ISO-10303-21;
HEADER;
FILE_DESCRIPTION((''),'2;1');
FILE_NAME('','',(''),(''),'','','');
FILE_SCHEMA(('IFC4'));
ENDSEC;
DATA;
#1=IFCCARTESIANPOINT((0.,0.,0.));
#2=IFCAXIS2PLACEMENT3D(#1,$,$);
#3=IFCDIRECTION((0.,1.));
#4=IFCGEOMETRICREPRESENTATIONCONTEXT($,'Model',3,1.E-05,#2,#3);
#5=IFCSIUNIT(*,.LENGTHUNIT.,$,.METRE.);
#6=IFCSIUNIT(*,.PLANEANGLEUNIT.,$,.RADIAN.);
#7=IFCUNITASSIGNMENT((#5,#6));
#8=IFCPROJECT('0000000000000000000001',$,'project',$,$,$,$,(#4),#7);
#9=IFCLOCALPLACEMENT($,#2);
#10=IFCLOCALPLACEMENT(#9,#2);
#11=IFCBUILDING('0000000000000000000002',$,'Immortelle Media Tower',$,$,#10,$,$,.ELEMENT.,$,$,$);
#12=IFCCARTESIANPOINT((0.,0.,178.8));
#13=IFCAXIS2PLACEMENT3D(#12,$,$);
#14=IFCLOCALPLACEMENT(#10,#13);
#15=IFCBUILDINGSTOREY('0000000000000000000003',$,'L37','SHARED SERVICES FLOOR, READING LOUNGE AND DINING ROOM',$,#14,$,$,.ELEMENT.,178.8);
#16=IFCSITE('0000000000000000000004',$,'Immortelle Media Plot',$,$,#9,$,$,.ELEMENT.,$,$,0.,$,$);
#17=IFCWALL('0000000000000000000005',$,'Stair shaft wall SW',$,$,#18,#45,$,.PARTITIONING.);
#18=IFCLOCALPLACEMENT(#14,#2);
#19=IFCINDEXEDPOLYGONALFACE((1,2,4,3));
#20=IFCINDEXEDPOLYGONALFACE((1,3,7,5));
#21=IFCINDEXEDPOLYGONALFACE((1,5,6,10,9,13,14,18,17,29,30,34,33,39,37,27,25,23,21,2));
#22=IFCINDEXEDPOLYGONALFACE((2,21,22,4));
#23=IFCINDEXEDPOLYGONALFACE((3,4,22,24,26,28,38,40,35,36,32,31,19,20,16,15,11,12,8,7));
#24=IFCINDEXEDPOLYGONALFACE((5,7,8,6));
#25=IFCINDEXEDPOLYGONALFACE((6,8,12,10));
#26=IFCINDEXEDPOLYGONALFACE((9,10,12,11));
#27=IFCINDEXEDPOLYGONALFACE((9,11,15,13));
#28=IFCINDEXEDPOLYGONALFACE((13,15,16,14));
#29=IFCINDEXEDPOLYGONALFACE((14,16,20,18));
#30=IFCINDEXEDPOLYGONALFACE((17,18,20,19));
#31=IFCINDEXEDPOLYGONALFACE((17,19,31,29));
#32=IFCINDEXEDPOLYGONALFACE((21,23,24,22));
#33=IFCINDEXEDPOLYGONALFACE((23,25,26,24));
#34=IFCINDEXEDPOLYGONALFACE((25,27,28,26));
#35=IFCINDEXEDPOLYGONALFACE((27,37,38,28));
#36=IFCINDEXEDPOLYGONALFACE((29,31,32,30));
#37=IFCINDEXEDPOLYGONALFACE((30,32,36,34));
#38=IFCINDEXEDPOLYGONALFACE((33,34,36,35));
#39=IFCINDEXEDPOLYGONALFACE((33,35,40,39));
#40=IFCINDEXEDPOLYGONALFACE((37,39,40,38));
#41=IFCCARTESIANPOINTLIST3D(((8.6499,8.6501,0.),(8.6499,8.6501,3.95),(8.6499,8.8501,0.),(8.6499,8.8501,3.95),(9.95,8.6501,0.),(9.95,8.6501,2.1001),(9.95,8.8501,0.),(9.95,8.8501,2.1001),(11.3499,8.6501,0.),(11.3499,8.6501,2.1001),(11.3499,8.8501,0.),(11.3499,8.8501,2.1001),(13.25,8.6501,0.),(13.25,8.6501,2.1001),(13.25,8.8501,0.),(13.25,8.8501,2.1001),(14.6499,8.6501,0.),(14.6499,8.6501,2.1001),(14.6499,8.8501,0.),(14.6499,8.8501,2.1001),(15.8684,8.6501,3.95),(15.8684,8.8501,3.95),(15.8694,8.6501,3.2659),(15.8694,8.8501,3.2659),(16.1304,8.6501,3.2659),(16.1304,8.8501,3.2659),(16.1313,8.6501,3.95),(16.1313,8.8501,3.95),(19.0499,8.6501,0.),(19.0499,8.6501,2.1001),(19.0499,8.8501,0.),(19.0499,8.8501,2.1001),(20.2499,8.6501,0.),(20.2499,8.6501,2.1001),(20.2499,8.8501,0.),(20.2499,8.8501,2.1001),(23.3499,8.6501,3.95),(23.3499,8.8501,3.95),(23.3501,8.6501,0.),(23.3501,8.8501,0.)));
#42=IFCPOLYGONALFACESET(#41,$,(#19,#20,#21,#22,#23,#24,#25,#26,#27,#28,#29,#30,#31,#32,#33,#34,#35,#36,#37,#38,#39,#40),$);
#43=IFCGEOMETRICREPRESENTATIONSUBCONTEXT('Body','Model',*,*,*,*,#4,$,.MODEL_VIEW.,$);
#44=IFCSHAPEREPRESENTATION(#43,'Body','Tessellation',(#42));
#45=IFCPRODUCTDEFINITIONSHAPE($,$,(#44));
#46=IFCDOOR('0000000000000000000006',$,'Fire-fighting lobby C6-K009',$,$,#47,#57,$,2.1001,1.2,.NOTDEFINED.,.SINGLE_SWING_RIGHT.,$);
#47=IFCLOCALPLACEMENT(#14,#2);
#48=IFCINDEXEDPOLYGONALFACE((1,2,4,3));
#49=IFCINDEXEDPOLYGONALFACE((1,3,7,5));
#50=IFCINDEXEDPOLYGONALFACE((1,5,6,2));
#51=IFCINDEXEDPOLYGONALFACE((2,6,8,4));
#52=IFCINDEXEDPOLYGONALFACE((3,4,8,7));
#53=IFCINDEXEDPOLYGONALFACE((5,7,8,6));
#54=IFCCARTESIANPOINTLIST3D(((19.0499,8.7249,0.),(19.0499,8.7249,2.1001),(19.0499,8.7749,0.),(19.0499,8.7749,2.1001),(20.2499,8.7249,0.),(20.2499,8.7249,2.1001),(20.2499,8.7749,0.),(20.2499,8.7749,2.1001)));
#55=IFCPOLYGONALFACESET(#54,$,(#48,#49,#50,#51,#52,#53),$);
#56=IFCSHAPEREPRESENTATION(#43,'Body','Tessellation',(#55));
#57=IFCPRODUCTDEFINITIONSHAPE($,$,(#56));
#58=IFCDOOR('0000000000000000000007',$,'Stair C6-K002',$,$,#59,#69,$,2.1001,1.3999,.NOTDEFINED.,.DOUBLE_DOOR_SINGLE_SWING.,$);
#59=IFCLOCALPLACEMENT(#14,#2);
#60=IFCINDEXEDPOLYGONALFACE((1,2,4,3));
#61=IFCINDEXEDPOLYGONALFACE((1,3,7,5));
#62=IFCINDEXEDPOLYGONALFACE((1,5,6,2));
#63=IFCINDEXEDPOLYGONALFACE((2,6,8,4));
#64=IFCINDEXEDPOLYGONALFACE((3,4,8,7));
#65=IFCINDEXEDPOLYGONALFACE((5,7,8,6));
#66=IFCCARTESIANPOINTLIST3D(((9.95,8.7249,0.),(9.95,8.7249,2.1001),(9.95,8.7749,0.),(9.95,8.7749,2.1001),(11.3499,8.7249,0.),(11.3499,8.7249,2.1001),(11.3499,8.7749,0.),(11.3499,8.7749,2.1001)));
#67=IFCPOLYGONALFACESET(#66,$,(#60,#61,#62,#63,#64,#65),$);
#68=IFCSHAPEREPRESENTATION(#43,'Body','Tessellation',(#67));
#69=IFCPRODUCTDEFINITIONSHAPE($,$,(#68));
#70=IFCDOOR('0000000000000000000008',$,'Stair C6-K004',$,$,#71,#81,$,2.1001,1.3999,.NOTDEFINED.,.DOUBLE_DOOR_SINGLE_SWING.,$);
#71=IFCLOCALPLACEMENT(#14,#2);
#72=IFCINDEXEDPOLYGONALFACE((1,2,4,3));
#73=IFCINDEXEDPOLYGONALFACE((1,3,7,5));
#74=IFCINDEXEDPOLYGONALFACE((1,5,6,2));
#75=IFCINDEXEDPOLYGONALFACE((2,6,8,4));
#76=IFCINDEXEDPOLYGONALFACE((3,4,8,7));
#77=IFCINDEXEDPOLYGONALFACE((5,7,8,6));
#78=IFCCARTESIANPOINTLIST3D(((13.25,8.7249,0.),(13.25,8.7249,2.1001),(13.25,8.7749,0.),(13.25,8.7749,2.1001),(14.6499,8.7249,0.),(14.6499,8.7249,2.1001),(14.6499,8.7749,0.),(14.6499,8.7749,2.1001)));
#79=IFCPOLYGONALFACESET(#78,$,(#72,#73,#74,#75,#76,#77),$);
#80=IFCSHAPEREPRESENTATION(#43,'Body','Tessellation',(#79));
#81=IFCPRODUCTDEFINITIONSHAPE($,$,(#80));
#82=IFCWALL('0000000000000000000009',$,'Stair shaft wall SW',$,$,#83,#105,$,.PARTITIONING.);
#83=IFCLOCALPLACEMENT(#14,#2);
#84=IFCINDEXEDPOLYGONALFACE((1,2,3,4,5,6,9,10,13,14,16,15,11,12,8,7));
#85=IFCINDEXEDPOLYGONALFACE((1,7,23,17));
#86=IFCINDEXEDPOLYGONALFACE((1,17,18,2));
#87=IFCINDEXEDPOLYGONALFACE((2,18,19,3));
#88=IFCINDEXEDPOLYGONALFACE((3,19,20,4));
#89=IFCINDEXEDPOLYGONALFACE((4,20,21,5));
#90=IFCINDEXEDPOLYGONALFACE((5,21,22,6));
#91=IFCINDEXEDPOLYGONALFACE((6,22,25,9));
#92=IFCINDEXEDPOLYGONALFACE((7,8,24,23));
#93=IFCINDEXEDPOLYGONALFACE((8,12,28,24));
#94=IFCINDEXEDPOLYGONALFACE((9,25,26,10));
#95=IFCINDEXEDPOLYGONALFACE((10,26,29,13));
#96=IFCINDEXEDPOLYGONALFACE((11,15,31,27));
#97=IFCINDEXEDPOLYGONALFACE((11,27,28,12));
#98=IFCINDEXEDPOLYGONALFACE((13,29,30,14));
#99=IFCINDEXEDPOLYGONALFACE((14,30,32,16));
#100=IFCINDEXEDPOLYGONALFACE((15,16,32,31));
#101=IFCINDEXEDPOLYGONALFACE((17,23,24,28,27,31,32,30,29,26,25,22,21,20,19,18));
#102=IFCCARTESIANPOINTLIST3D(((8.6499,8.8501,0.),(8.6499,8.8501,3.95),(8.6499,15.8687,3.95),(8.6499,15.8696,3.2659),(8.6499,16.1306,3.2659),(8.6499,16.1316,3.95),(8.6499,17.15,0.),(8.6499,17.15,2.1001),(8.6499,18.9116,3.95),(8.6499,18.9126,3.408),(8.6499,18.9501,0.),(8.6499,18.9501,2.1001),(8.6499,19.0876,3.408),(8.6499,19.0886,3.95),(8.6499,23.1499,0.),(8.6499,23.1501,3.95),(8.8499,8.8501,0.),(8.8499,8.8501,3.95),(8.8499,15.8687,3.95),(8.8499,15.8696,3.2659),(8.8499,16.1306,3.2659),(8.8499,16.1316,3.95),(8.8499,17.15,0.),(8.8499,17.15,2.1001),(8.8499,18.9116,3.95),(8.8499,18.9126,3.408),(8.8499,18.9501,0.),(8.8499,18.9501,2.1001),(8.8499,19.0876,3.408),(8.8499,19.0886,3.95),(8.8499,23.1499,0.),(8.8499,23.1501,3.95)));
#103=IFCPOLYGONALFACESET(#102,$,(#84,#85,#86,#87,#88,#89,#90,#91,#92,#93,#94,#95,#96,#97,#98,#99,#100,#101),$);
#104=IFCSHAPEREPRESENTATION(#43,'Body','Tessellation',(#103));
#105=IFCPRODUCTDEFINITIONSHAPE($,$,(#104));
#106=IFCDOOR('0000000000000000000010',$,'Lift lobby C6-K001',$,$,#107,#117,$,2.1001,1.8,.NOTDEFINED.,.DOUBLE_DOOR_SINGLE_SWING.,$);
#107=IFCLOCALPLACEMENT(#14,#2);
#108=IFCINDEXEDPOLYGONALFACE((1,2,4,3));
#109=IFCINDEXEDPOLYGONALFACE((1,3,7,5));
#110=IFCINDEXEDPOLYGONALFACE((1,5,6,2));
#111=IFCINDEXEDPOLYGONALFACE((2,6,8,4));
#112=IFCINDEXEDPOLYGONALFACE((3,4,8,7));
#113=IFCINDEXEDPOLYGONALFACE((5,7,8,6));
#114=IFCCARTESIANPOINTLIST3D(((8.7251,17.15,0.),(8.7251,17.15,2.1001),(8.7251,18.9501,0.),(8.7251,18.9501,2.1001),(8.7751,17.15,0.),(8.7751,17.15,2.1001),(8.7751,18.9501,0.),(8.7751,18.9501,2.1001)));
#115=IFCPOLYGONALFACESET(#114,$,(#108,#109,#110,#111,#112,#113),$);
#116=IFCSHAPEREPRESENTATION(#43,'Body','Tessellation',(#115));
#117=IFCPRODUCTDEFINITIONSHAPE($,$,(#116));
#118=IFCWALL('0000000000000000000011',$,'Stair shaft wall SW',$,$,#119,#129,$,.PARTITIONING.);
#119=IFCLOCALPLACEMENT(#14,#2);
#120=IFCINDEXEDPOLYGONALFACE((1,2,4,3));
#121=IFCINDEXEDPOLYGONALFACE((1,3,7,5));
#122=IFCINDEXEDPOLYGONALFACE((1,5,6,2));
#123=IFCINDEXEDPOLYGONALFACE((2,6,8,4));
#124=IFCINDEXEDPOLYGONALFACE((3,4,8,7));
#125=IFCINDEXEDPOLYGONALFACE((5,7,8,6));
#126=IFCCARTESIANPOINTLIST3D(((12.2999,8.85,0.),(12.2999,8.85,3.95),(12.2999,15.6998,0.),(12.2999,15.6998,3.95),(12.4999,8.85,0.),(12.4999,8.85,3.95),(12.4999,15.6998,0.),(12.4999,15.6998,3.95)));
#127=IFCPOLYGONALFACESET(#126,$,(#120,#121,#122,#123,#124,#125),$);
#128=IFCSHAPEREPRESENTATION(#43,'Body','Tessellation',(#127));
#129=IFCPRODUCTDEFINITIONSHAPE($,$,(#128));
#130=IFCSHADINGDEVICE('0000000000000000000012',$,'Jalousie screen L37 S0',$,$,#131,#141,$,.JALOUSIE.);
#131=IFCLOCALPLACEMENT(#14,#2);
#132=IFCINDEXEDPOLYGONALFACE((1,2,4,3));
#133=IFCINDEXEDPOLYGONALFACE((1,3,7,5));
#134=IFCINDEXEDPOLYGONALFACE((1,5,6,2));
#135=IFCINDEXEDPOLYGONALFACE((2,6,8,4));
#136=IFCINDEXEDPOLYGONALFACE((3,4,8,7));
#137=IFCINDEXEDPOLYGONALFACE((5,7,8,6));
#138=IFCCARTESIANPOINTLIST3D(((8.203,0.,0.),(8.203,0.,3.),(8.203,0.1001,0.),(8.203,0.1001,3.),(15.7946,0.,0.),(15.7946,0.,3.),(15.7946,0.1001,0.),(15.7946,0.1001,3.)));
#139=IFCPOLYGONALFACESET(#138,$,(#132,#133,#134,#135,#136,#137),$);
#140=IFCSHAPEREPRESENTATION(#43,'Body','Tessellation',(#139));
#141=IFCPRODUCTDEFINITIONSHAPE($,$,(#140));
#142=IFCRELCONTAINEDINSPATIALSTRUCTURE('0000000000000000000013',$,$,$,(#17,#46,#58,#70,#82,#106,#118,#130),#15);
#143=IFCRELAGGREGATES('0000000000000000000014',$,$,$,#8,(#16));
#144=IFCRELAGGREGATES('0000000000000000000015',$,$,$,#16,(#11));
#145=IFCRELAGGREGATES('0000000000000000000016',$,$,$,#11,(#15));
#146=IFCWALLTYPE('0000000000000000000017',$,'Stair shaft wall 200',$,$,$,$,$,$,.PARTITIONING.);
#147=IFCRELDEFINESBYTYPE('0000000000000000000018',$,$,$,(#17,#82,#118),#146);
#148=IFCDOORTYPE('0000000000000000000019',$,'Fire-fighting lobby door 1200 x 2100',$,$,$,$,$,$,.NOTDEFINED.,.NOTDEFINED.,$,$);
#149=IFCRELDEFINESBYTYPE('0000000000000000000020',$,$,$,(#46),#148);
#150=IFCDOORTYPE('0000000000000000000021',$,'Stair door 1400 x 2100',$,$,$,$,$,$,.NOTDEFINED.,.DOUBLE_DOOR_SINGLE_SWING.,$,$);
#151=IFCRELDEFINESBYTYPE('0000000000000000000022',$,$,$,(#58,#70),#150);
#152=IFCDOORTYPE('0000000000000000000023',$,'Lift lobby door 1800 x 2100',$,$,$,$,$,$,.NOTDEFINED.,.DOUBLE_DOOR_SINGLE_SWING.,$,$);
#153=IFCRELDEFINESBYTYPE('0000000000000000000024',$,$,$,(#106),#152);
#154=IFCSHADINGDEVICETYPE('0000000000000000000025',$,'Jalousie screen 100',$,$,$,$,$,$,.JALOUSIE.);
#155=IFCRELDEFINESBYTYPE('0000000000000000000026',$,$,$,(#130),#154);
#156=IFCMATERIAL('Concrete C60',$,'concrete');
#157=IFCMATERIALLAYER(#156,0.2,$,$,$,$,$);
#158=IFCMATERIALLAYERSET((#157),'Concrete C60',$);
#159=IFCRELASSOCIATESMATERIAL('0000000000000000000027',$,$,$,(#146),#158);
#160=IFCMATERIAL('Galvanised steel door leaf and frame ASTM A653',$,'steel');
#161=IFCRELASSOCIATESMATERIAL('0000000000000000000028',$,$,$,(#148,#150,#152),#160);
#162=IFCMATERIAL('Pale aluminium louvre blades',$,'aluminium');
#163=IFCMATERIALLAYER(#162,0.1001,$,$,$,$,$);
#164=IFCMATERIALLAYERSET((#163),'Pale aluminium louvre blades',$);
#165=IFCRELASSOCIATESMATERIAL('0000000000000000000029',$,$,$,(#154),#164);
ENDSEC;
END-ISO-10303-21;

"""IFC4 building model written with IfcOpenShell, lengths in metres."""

from ifc_helpers import new_model, si_unit, direction, frame, frame_2d, origin, origin_2d, place, context, subcontext, project, spatial, polyline, rectangle, outline, extrude, material, layer, layer_set, type_object, element, fill, save


model = new_model("IFC4")

# Units and contexts
model_context = context("Model", 3, precision=1e-05, world=origin(), true_north=direction((0.0, 1.0)))
body_context = subcontext(model_context, "Body", "Model", "MODEL_VIEW")
ifc_project = project(units=[si_unit("LENGTHUNIT", "METRE"), si_unit("PLANEANGLEUNIT", "RADIAN")], contexts=[model_context])

# Site, building, storey
site_placement = place(None, origin())
site = spatial("IfcSite", under=ifc_project, at=site_placement, Name="Immortelle Media Plot", CompositionType="ELEMENT", RefElevation=0.0)
building_placement = place(site_placement, origin())
building = spatial("IfcBuilding", under=site, at=building_placement, Name="Immortelle Media Tower", CompositionType="ELEMENT")
storey_placement = place(building_placement, frame((0.0, 0.0, 178.8)))
storey = spatial("IfcBuildingStorey", under=building, at=storey_placement, Name="L37", Description="SHARED SERVICES FLOOR, READING LOUNGE AND DINING ROOM", CompositionType="ELEMENT", Elevation=178.8)

# Wall, openings, doors
ifc_material_1 = material(Name="Concrete C60", Category="concrete")
ifc_layer_1 = layer(ifc_material_1, 0.2)
ifc_layer_set_1 = layer_set([ifc_layer_1], Name="Concrete C60")
wall_type_1 = type_object("IfcWallType", Name="Stair shaft wall 200", PredefinedType="PARTITIONING", material=ifc_layer_set_1)
wall_1_placement = place(storey_placement, frame((8.6499, 8.75, 0.0), z_axis=(0.0, 0.0, 1.0), x_axis=(1.0, 0.0, 0.0)))
wall_1 = element("IfcWall", 1, at=wall_1_placement, inside=storey, type_object=wall_type_1, Name="Stair shaft wall SW", PredefinedType="PARTITIONING", context=body_context, shape_type="SweptSolid", body=[
    extrude(outline(polyline([(0.0, 0.0), (14.7002, 0.0), (14.7, 3.95), (7.4814, 3.95), (7.4805, 3.2659), (7.2195, 3.2659), (7.2185, 3.95), (0.0, 3.95), (0.0, 0.0)])), frame((0.0, 0.1001, 0.0), z_axis=(0.0, -1.0, 0.0), x_axis=(1.0, 0.0, 0.0)), (0.0, 0.0, 1.0), 0.2),
])
opening_1_placement = place(wall_1_placement, frame((1.3, 0.0, 0.0)))
opening_1 = element("IfcOpeningElement", 2, at=opening_1_placement, cuts=wall_1, PredefinedType="OPENING", context=body_context, shape_type="SweptSolid", body=[
    extrude(rectangle(XDim=1.3999, YDim=2.1001, at=frame_2d((0.7, 1.05))), frame((0.0, 0.1099, 0.0), z_axis=(0.0, -1.0, 0.0), x_axis=(1.0, 0.0, 0.0)), (0.0, 0.0, 1.0), 0.22),
])
opening_2_placement = place(wall_1_placement, frame((4.6001, 0.0, 0.0)))
opening_2 = element("IfcOpeningElement", 3, at=opening_2_placement, cuts=wall_1, PredefinedType="OPENING", context=body_context, shape_type="SweptSolid", body=[
    extrude(rectangle(XDim=1.3999, YDim=2.1001, at=frame_2d((0.7, 1.05))), frame((0.0, 0.1099, 0.0), z_axis=(0.0, -1.0, 0.0), x_axis=(1.0, 0.0, 0.0)), (0.0, 0.0, 1.0), 0.22),
])
opening_3_placement = place(wall_1_placement, frame((10.3999, 0.0, 0.0)))
opening_3 = element("IfcOpeningElement", 4, at=opening_3_placement, cuts=wall_1, PredefinedType="OPENING", context=body_context, shape_type="SweptSolid", body=[
    extrude(rectangle(XDim=1.2, YDim=2.1001, at=frame_2d((0.6001, 1.05))), frame((0.0, 0.1099, 0.0), z_axis=(0.0, -1.0, 0.0), x_axis=(1.0, 0.0, 0.0)), (0.0, 0.0, 1.0), 0.22),
])
ifc_material_2 = material(Name="Galvanised steel door leaf and frame ASTM A653", Category="steel")
door_type_1 = type_object("IfcDoorType", Name="Fire-fighting lobby door 1200 x 2100", OperationType="NOTDEFINED", PredefinedType="NOTDEFINED", material=ifc_material_2)
door_1_placement = place(opening_3_placement, origin())
door_1 = element("IfcDoor", 5, at=door_1_placement, inside=storey, type_object=door_type_1, Name="Fire-fighting lobby C6-K009", OperationType="SINGLE_SWING_RIGHT", OverallHeight=2.1001, OverallWidth=1.2, PredefinedType="NOTDEFINED", context=body_context, shape_type="SweptSolid", body=[
    extrude(rectangle(XDim=1.2, YDim=2.1001, at=frame_2d((0.6001, 1.05))), frame((0.0, 0.0249, 0.0), z_axis=(0.0, -1.0, 0.0), x_axis=(1.0, 0.0, 0.0)), (0.0, 0.0, 1.0), 0.05),
])
fill(opening_3, door_1)
door_type_2 = type_object("IfcDoorType", Name="Stair door 1400 x 2100", OperationType="DOUBLE_DOOR_SINGLE_SWING", PredefinedType="NOTDEFINED", material=ifc_material_2)
door_2_placement = place(opening_1_placement, origin())
door_2 = element("IfcDoor", 6, at=door_2_placement, inside=storey, type_object=door_type_2, Name="Stair C6-K002", OperationType="DOUBLE_DOOR_SINGLE_SWING", OverallHeight=2.1001, OverallWidth=1.3999, PredefinedType="NOTDEFINED", context=body_context, shape_type="SweptSolid", body=[
    extrude(rectangle(XDim=1.3999, YDim=2.1001, at=frame_2d((0.7, 1.05))), frame((0.0, 0.0249, 0.0), z_axis=(0.0, -1.0, 0.0), x_axis=(1.0, 0.0, 0.0)), (0.0, 0.0, 1.0), 0.05),
])
fill(opening_1, door_2)
door_3_placement = place(opening_2_placement, origin())
door_3 = element("IfcDoor", 7, at=door_3_placement, inside=storey, type_object=door_type_2, Name="Stair C6-K004", OperationType="DOUBLE_DOOR_SINGLE_SWING", OverallHeight=2.1001, OverallWidth=1.3999, PredefinedType="NOTDEFINED", context=body_context, shape_type="SweptSolid", body=[
    extrude(rectangle(XDim=1.3999, YDim=2.1001, at=frame_2d((0.7, 1.05))), frame((0.0, 0.0249, 0.0), z_axis=(0.0, -1.0, 0.0), x_axis=(1.0, 0.0, 0.0)), (0.0, 0.0, 1.0), 0.05),
])
fill(opening_2, door_3)

# Wall, opening, door
wall_2_placement = place(storey_placement, frame((8.75, 8.8501, 0.0), z_axis=(0.0, 0.0, 1.0), x_axis=(0.0, 1.0, 0.0)))
wall_2 = element("IfcWall", 8, at=wall_2_placement, inside=storey, type_object=wall_type_1, Name="Stair shaft wall SW", PredefinedType="PARTITIONING", context=body_context, shape_type="SweptSolid", body=[
    extrude(outline(polyline([(0.0, 0.0), (14.2998, 0.0), (14.3, 3.95), (10.2385, 3.95), (10.2375, 3.408), (10.0625, 3.408), (10.0615, 3.95), (7.2815, 3.95), (7.2805, 3.2659), (7.0195, 3.2659), (7.0186, 3.95), (0.0, 3.95), (0.0, 0.0)])), frame((0.0, 0.1001, 0.0), z_axis=(0.0, -1.0, 0.0), x_axis=(1.0, 0.0, 0.0)), (0.0, 0.0, 1.0), 0.2),
])
opening_4_placement = place(wall_2_placement, frame((8.3, 0.0, 0.0)))
opening_4 = element("IfcOpeningElement", 9, at=opening_4_placement, cuts=wall_2, PredefinedType="OPENING", context=body_context, shape_type="SweptSolid", body=[
    extrude(rectangle(XDim=1.8, YDim=2.1001, at=frame_2d((0.8999, 1.05))), frame((0.0, 0.1099, 0.0), z_axis=(0.0, -1.0, 0.0), x_axis=(1.0, 0.0, 0.0)), (0.0, 0.0, 1.0), 0.22),
])
door_type_3 = type_object("IfcDoorType", Name="Lift lobby door 1800 x 2100", OperationType="DOUBLE_DOOR_SINGLE_SWING", PredefinedType="NOTDEFINED", material=ifc_material_2)
door_4_placement = place(opening_4_placement, origin())
door_4 = element("IfcDoor", 10, at=door_4_placement, inside=storey, type_object=door_type_3, Name="Lift lobby C6-K001", OperationType="DOUBLE_DOOR_SINGLE_SWING", OverallHeight=2.1001, OverallWidth=1.8, PredefinedType="NOTDEFINED", context=body_context, shape_type="SweptSolid", body=[
    extrude(rectangle(XDim=1.8, YDim=2.1001, at=frame_2d((0.8999, 1.05))), frame((0.0, 0.0249, 0.0), z_axis=(0.0, -1.0, 0.0), x_axis=(1.0, 0.0, 0.0)), (0.0, 0.0, 1.0), 0.05),
])
fill(opening_4, door_4)

# Wall
wall_3_placement = place(storey_placement, frame((12.3999, 8.8501, 0.0), z_axis=(0.0, 0.0, 1.0), x_axis=(0.0, 1.0, 0.0)))
element("IfcWall", 11, at=wall_3_placement, inside=storey, type_object=wall_type_1, Name="Stair shaft wall SW", PredefinedType="PARTITIONING", context=body_context, shape_type="SweptSolid", body=[
    extrude(rectangle(XDim=6.8499, YDim=0.2, at=frame_2d((3.4248, 0.0))), origin(), (0.0, 0.0, 1.0), 3.95),
])

# Shading device
ifc_material_3 = material(Name="Pale aluminium louvre blades", Category="aluminium")
ifc_layer_2 = layer(ifc_material_3, 0.1001)
ifc_layer_set_2 = layer_set([ifc_layer_2], Name="Pale aluminium louvre blades")
shading_device_type = type_object("IfcShadingDeviceType", Name="Jalousie screen 100", PredefinedType="JALOUSIE", material=ifc_layer_set_2)
shading_device_placement = place(storey_placement, frame((11.9988, 0.05, 0.0), z_axis=(0.0, 0.0, 1.0), x_axis=(1.0, 0.0, 0.0)))
element("IfcShadingDevice", 12, at=shading_device_placement, inside=storey, type_object=shading_device_type, Name="Jalousie screen L37 S0", PredefinedType="JALOUSIE", context=body_context, shape_type="SweptSolid", body=[
    extrude(rectangle(XDim=7.5916, YDim=0.1001, at=origin_2d()), origin(), (0.0, 0.0, 1.0), 3.0),
])

save(model, "model.ifc")
